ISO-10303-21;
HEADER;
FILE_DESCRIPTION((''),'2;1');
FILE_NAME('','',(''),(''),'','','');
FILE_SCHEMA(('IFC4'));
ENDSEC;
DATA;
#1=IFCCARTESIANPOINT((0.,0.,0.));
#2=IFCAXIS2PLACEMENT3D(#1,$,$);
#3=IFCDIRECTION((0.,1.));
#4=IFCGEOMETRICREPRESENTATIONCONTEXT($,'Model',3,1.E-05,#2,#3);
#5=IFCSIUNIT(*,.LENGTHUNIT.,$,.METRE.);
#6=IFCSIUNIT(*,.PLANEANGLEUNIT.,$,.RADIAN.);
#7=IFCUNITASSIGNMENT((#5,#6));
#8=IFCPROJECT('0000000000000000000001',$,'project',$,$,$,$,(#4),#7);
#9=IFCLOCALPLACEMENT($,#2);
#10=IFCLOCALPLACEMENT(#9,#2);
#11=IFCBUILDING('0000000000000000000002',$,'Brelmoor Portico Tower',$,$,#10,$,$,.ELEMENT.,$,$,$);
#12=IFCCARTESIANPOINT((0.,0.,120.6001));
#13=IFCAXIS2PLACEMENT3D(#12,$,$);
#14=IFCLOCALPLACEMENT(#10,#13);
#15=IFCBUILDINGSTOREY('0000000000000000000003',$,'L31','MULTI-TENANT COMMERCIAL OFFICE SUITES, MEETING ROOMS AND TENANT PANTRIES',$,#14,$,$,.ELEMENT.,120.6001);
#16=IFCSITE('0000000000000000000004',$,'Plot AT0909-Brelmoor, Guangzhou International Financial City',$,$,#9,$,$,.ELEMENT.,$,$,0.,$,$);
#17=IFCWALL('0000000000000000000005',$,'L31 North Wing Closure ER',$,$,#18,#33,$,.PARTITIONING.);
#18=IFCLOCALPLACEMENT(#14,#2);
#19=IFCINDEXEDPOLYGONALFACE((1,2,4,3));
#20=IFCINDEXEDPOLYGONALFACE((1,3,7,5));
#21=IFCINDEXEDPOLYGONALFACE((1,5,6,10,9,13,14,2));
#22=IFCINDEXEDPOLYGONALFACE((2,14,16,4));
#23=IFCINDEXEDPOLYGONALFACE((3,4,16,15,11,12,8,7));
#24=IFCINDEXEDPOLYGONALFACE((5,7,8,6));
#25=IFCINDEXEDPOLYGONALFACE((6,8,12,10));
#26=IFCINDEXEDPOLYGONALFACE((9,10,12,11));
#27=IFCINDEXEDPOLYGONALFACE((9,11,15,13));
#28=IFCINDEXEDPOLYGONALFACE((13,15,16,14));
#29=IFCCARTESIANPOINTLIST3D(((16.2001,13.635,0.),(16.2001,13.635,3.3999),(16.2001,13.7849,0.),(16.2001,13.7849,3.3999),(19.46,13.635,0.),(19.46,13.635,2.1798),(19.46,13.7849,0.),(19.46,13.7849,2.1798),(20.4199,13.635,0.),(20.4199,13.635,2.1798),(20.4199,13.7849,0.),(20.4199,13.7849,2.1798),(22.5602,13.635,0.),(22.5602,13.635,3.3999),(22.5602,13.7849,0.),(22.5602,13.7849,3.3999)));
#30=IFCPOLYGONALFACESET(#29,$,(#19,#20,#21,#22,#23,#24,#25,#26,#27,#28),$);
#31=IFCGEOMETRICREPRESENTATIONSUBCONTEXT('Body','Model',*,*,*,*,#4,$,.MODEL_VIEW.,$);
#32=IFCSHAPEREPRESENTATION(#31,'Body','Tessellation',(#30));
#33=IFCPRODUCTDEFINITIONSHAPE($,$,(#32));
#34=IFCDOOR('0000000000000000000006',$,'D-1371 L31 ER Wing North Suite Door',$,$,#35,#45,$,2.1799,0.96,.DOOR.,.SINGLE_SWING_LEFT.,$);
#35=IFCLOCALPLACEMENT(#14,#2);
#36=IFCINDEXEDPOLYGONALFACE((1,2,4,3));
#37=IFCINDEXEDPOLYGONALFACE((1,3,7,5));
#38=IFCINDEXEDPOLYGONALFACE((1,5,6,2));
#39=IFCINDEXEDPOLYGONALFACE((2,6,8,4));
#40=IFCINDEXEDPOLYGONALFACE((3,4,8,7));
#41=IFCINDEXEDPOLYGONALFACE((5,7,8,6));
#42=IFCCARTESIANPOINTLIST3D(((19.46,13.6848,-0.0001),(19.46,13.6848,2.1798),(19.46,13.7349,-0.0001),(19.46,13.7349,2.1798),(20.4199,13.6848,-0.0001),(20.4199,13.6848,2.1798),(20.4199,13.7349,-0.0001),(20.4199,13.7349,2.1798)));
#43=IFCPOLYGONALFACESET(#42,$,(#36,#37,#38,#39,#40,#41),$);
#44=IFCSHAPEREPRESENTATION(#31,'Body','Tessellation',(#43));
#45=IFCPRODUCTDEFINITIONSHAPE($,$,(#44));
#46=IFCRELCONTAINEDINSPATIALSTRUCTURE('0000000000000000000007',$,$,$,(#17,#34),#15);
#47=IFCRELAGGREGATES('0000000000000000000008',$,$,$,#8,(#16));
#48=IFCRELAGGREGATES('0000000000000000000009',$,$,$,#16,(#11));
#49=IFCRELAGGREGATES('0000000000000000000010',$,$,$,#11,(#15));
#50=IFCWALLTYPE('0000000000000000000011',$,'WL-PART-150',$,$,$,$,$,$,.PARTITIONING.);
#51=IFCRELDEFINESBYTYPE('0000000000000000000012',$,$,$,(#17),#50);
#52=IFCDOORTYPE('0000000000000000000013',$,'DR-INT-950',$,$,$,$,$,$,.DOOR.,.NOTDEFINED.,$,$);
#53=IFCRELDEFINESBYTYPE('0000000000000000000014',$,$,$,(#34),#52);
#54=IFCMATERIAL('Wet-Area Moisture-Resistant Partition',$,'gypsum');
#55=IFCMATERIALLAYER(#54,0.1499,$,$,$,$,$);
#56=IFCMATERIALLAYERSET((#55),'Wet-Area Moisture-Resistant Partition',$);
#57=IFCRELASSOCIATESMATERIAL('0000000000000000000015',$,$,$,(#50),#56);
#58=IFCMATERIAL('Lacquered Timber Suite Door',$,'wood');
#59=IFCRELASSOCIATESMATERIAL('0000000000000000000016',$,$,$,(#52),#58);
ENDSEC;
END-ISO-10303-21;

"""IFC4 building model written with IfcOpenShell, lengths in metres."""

from ifc_helpers import new_model, si_unit, direction, frame, frame_2d, origin, place, context, subcontext, project, spatial, rectangle, extrude, material, layer, layer_set, type_object, element, fill, save


model = new_model("IFC4")

# Units and contexts
model_context = context("Model", 3, precision=1e-05, world=origin(), true_north=direction((0.0, 1.0)))
body_context = subcontext(model_context, "Body", "Model", "MODEL_VIEW")
ifc_project = project(units=[si_unit("LENGTHUNIT", "METRE"), si_unit("PLANEANGLEUNIT", "RADIAN")], contexts=[model_context])

# Site, building, storey
site_placement = place(None, origin())
site = spatial("IfcSite", under=ifc_project, at=site_placement, Name="Plot AT0909-Brelmoor, Guangzhou International Financial City", CompositionType="ELEMENT", RefElevation=0.0)
building_placement = place(site_placement, origin())
building = spatial("IfcBuilding", under=site, at=building_placement, Name="Brelmoor Portico Tower", CompositionType="ELEMENT")
storey_placement = place(building_placement, frame((0.0, 0.0, 120.6001)))
storey = spatial("IfcBuildingStorey", under=building, at=storey_placement, Name="L31", Description="MULTI-TENANT COMMERCIAL OFFICE SUITES, MEETING ROOMS AND TENANT PANTRIES", CompositionType="ELEMENT", Elevation=120.6001)

# Wall, opening, door
ifc_material_1 = material(Name="Wet-Area Moisture-Resistant Partition", Category="gypsum")
ifc_layer_1 = layer(ifc_material_1, 0.1499)
ifc_layer_set_1 = layer_set([ifc_layer_1], Name="Wet-Area Moisture-Resistant Partition")
wall_type_1 = type_object("IfcWallType", Name="WL-PART-150", PredefinedType="PARTITIONING", material=ifc_layer_set_1)
wall_placement = place(storey_placement, frame((16.2, 13.71, 0.0), z_axis=(0.0, 0.0, 1.0), x_axis=(1.0, 0.0, 0.0)))
wall = element("IfcWall", 1, at=wall_placement, inside=storey, type_object=wall_type_1, Name="L31 North Wing Closure ER", PredefinedType="PARTITIONING", context=body_context, shape_type="SweptSolid", body=[
    extrude(rectangle(XDim=6.3601, YDim=0.1499, at=frame_2d((3.1802, 0.0))), origin(), (0.0, 0.0, 1.0), 3.3999),
])
opening_placement = place(wall_placement, frame((3.26, 0.0, 0.0)))
opening = element("IfcOpeningElement", 2, at=opening_placement, cuts=wall, PredefinedType="OPENING", context=body_context, shape_type="SweptSolid", body=[
    extrude(rectangle(XDim=0.96, YDim=2.1799, at=frame_2d((0.48, 1.0898))), frame((0.0, 0.085, 0.0), z_axis=(0.0, -1.0, 0.0), x_axis=(1.0, 0.0, 0.0)), (0.0, 0.0, 1.0), 0.1699),
])
ifc_material_2 = material(Name="Lacquered Timber Suite Door", Category="wood")
door_type = type_object("IfcDoorType", Name="DR-INT-950", OperationType="NOTDEFINED", PredefinedType="DOOR", material=ifc_material_2)
door_placement = place(opening_placement, origin())
door = element("IfcDoor", 3, at=door_placement, inside=storey, type_object=door_type, Name="D-1371 L31 ER Wing North Suite Door", OperationType="SINGLE_SWING_LEFT", OverallHeight=2.1799, OverallWidth=0.96, PredefinedType="DOOR", context=body_context, shape_type="SweptSolid", body=[
    extrude(rectangle(XDim=0.96, YDim=2.1799, at=frame_2d((0.48, 1.0898))), frame((0.0, 0.0249, 0.0), z_axis=(0.0, -1.0, 0.0), x_axis=(1.0, 0.0, 0.0)), (0.0, 0.0, 1.0), 0.05),
])
fill(opening, door)

save(model, "model.ifc")
